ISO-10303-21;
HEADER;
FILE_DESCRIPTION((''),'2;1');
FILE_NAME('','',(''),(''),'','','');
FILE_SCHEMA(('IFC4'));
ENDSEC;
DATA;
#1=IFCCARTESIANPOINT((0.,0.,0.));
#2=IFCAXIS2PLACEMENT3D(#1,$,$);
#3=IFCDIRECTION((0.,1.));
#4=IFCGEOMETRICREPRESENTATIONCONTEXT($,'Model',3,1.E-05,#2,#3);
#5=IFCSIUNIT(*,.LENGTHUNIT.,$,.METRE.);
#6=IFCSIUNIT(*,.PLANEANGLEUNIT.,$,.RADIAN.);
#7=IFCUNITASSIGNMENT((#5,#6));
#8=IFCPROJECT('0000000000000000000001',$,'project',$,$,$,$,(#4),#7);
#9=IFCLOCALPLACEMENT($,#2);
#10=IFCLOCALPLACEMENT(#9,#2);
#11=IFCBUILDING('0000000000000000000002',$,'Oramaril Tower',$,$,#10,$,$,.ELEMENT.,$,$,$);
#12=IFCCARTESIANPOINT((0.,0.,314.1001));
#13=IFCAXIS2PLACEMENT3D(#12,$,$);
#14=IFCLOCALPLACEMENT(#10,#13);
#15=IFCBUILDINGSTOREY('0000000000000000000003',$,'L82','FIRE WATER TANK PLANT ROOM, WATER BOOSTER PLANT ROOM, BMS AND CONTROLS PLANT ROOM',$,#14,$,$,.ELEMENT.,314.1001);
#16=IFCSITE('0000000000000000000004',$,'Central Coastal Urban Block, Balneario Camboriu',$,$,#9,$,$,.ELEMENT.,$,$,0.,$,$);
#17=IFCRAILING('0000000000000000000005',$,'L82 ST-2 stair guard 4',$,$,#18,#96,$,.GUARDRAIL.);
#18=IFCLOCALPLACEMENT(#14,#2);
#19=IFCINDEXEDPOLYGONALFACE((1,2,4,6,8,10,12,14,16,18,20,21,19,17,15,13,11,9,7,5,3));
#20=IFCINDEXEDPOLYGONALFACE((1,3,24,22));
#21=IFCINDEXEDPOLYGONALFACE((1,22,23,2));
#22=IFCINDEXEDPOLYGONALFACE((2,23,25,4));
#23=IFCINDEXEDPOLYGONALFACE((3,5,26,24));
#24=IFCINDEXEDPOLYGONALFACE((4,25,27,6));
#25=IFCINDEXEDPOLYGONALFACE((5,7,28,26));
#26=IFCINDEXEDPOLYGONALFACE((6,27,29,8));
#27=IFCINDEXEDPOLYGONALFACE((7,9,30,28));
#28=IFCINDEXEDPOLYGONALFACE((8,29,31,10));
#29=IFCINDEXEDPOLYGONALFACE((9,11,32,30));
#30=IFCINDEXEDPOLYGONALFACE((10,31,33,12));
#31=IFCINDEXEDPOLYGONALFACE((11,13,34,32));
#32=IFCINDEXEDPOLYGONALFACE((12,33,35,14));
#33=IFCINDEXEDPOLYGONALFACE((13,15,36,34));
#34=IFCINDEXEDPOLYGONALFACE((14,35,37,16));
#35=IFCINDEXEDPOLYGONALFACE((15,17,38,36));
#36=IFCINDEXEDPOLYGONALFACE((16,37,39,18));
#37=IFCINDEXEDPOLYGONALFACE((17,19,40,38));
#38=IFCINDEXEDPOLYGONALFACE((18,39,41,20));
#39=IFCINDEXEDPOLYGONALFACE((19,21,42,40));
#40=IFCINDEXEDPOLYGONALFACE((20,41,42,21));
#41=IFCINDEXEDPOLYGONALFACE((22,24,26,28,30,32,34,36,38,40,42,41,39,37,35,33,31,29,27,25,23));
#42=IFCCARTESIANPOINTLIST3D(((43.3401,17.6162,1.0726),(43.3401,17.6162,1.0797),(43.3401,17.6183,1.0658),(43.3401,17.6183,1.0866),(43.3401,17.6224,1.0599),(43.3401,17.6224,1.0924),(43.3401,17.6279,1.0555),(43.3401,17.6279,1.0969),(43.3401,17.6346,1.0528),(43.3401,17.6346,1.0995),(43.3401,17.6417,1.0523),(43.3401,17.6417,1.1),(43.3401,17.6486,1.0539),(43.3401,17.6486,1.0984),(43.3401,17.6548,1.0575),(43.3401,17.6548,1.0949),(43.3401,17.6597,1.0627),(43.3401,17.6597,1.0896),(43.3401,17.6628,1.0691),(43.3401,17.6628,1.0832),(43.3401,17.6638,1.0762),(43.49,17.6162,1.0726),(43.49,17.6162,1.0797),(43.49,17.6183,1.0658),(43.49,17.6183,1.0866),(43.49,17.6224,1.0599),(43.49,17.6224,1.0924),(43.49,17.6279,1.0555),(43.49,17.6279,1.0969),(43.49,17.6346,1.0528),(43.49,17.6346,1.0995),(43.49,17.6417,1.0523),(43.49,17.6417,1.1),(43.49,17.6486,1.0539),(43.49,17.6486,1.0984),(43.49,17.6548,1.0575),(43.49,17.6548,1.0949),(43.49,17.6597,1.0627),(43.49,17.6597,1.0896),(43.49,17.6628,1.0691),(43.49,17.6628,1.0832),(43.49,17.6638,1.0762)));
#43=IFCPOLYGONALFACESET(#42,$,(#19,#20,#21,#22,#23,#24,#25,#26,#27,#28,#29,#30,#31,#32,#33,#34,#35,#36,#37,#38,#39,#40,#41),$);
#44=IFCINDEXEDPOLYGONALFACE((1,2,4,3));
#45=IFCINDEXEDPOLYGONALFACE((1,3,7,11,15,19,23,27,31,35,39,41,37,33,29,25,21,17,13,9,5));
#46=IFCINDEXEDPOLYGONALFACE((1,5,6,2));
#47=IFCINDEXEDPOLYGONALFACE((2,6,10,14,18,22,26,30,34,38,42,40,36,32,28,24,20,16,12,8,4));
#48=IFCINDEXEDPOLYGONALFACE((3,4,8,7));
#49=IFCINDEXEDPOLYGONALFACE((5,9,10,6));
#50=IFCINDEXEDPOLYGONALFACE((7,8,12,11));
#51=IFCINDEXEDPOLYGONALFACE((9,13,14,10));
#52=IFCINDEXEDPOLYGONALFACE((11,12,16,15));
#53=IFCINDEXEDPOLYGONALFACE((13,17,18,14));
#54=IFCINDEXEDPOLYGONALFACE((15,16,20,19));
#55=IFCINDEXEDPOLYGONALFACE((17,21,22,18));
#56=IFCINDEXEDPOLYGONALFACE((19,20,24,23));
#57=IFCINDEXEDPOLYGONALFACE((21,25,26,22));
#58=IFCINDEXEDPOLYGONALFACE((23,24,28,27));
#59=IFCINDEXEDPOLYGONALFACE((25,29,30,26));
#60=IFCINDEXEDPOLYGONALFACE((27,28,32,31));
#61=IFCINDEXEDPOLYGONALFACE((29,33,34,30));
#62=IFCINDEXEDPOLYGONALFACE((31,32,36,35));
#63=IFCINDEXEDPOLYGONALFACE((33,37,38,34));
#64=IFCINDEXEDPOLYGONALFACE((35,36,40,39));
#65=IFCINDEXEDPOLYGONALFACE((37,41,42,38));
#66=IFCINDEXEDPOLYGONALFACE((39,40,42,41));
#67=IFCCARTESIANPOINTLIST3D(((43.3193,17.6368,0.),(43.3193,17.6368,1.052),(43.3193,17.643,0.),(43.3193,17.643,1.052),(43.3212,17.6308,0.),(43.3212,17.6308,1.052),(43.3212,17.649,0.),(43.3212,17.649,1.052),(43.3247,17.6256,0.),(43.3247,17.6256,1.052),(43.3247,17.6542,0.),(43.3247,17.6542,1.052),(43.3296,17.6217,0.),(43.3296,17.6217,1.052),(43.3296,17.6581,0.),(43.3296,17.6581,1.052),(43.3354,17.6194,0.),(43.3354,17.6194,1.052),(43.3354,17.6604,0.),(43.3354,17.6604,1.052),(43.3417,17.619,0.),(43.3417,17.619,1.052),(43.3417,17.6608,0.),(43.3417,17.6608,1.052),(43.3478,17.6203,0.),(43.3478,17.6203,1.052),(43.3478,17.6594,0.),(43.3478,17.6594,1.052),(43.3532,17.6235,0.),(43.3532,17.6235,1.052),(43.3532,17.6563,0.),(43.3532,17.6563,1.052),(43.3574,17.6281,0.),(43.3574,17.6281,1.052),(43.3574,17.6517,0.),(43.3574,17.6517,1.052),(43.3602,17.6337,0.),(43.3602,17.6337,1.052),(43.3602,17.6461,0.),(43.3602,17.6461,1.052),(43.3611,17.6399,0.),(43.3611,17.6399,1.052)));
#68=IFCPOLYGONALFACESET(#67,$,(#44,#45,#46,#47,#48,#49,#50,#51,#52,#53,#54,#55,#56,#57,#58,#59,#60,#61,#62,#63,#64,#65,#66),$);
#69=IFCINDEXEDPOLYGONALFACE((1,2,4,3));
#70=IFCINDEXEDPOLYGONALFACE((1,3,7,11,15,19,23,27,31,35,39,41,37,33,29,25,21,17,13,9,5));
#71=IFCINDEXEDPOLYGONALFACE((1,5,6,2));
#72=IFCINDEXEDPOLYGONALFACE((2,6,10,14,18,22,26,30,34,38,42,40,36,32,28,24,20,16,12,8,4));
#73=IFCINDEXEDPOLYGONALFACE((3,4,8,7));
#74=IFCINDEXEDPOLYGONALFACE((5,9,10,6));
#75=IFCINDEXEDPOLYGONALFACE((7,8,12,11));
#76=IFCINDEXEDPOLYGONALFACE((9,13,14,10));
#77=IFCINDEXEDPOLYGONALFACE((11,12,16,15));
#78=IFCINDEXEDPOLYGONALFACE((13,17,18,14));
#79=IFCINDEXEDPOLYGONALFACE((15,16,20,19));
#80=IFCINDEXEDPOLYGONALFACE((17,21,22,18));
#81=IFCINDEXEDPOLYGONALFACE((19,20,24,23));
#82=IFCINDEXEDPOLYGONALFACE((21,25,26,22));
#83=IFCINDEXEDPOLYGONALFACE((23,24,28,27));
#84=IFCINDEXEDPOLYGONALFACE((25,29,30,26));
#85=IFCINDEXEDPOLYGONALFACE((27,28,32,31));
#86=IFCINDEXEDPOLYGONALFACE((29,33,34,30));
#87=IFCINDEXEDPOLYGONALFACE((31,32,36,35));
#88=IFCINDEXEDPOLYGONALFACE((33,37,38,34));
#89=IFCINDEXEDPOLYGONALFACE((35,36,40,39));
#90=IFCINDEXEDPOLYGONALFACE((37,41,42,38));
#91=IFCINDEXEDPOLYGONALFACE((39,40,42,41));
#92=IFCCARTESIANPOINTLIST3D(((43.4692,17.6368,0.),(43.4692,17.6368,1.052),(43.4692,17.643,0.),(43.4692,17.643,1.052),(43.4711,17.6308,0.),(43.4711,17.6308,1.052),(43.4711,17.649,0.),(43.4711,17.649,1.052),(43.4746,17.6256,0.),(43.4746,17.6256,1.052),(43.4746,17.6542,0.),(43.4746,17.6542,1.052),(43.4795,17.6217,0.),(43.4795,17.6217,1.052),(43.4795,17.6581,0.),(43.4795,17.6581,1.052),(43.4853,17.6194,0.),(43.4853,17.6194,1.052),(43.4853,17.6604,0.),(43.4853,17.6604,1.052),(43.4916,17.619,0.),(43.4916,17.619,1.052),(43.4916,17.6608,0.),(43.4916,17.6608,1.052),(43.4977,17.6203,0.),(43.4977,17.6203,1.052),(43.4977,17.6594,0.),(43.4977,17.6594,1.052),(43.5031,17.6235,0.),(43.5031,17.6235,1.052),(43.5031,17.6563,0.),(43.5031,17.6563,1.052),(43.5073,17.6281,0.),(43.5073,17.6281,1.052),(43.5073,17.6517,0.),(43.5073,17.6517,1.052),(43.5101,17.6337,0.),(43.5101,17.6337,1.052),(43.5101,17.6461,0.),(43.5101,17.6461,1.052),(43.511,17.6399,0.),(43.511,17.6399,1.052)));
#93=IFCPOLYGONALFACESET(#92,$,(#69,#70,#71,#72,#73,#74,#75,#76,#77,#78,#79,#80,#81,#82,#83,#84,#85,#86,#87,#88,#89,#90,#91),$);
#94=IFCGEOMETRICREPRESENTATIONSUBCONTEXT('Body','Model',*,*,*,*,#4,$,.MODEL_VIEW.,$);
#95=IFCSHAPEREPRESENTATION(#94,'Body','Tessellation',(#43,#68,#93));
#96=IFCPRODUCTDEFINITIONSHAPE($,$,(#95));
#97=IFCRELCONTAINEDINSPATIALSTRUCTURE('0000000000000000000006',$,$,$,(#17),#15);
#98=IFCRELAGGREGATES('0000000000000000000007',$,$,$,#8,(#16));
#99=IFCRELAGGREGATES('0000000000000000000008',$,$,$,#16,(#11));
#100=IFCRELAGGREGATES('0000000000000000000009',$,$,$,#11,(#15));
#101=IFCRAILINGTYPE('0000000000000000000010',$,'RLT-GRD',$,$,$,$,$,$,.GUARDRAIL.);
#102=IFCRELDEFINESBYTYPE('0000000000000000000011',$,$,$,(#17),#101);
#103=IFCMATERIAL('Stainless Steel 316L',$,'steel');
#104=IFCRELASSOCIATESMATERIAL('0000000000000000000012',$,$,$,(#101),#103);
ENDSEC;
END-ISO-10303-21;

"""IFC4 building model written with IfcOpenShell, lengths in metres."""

from ifc_helpers import new_model, si_unit, direction, frame, origin, origin_2d, place, context, subcontext, project, spatial, circle, extrude, material, type_object, element, save


model = new_model("IFC4")

# Units and contexts
model_context = context("Model", 3, precision=1e-05, world=origin(), true_north=direction((0.0, 1.0)))
body_context = subcontext(model_context, "Body", "Model", "MODEL_VIEW")
ifc_project = project(units=[si_unit("LENGTHUNIT", "METRE"), si_unit("PLANEANGLEUNIT", "RADIAN")], contexts=[model_context])

# Site, building, storey
site_placement = place(None, origin())
site = spatial("IfcSite", under=ifc_project, at=site_placement, Name="Central Coastal Urban Block, Balneario Camboriu", CompositionType="ELEMENT", RefElevation=0.0)
building_placement = place(site_placement, origin())
building = spatial("IfcBuilding", under=site, at=building_placement, Name="Oramaril Tower", CompositionType="ELEMENT")
storey_placement = place(building_placement, frame((0.0, 0.0, 314.1001)))
storey = spatial("IfcBuildingStorey", under=building, at=storey_placement, Name="L82", Description="FIRE WATER TANK PLANT ROOM, WATER BOOSTER PLANT ROOM, BMS AND CONTROLS PLANT ROOM", CompositionType="ELEMENT", Elevation=314.1001)

# Railing
ifc_material_1 = material(Name="Stainless Steel 316L", Category="steel")
railing_type_1 = type_object("IfcRailingType", Name="RLT-GRD", PredefinedType="GUARDRAIL", material=ifc_material_1)
railing_1_placement = place(storey_placement, frame((43.3401, 17.6399, 0.0)))
element("IfcRailing", 1, at=railing_1_placement, inside=storey, type_object=railing_type_1, Name="L82 ST-2 stair guard 4", PredefinedType="GUARDRAIL", context=body_context, shape_type="SweptSolid", body=[
    extrude(circle(Radius=0.0239, at=origin_2d()), frame((0.0, 0.0, 1.0762), z_axis=(1.0, 0.0, 0.0), x_axis=(0.0, 1.0, 0.0)), (0.0, 0.0, 1.0), 0.1499),
    extrude(circle(Radius=0.021, at=origin_2d()), origin(), (0.0, 0.0, 1.0), 1.052),
    extrude(circle(Radius=0.021, at=origin_2d()), frame((0.1499, 0.0, 0.0)), (0.0, 0.0, 1.0), 1.052),
])

save(model, "model.ifc")
